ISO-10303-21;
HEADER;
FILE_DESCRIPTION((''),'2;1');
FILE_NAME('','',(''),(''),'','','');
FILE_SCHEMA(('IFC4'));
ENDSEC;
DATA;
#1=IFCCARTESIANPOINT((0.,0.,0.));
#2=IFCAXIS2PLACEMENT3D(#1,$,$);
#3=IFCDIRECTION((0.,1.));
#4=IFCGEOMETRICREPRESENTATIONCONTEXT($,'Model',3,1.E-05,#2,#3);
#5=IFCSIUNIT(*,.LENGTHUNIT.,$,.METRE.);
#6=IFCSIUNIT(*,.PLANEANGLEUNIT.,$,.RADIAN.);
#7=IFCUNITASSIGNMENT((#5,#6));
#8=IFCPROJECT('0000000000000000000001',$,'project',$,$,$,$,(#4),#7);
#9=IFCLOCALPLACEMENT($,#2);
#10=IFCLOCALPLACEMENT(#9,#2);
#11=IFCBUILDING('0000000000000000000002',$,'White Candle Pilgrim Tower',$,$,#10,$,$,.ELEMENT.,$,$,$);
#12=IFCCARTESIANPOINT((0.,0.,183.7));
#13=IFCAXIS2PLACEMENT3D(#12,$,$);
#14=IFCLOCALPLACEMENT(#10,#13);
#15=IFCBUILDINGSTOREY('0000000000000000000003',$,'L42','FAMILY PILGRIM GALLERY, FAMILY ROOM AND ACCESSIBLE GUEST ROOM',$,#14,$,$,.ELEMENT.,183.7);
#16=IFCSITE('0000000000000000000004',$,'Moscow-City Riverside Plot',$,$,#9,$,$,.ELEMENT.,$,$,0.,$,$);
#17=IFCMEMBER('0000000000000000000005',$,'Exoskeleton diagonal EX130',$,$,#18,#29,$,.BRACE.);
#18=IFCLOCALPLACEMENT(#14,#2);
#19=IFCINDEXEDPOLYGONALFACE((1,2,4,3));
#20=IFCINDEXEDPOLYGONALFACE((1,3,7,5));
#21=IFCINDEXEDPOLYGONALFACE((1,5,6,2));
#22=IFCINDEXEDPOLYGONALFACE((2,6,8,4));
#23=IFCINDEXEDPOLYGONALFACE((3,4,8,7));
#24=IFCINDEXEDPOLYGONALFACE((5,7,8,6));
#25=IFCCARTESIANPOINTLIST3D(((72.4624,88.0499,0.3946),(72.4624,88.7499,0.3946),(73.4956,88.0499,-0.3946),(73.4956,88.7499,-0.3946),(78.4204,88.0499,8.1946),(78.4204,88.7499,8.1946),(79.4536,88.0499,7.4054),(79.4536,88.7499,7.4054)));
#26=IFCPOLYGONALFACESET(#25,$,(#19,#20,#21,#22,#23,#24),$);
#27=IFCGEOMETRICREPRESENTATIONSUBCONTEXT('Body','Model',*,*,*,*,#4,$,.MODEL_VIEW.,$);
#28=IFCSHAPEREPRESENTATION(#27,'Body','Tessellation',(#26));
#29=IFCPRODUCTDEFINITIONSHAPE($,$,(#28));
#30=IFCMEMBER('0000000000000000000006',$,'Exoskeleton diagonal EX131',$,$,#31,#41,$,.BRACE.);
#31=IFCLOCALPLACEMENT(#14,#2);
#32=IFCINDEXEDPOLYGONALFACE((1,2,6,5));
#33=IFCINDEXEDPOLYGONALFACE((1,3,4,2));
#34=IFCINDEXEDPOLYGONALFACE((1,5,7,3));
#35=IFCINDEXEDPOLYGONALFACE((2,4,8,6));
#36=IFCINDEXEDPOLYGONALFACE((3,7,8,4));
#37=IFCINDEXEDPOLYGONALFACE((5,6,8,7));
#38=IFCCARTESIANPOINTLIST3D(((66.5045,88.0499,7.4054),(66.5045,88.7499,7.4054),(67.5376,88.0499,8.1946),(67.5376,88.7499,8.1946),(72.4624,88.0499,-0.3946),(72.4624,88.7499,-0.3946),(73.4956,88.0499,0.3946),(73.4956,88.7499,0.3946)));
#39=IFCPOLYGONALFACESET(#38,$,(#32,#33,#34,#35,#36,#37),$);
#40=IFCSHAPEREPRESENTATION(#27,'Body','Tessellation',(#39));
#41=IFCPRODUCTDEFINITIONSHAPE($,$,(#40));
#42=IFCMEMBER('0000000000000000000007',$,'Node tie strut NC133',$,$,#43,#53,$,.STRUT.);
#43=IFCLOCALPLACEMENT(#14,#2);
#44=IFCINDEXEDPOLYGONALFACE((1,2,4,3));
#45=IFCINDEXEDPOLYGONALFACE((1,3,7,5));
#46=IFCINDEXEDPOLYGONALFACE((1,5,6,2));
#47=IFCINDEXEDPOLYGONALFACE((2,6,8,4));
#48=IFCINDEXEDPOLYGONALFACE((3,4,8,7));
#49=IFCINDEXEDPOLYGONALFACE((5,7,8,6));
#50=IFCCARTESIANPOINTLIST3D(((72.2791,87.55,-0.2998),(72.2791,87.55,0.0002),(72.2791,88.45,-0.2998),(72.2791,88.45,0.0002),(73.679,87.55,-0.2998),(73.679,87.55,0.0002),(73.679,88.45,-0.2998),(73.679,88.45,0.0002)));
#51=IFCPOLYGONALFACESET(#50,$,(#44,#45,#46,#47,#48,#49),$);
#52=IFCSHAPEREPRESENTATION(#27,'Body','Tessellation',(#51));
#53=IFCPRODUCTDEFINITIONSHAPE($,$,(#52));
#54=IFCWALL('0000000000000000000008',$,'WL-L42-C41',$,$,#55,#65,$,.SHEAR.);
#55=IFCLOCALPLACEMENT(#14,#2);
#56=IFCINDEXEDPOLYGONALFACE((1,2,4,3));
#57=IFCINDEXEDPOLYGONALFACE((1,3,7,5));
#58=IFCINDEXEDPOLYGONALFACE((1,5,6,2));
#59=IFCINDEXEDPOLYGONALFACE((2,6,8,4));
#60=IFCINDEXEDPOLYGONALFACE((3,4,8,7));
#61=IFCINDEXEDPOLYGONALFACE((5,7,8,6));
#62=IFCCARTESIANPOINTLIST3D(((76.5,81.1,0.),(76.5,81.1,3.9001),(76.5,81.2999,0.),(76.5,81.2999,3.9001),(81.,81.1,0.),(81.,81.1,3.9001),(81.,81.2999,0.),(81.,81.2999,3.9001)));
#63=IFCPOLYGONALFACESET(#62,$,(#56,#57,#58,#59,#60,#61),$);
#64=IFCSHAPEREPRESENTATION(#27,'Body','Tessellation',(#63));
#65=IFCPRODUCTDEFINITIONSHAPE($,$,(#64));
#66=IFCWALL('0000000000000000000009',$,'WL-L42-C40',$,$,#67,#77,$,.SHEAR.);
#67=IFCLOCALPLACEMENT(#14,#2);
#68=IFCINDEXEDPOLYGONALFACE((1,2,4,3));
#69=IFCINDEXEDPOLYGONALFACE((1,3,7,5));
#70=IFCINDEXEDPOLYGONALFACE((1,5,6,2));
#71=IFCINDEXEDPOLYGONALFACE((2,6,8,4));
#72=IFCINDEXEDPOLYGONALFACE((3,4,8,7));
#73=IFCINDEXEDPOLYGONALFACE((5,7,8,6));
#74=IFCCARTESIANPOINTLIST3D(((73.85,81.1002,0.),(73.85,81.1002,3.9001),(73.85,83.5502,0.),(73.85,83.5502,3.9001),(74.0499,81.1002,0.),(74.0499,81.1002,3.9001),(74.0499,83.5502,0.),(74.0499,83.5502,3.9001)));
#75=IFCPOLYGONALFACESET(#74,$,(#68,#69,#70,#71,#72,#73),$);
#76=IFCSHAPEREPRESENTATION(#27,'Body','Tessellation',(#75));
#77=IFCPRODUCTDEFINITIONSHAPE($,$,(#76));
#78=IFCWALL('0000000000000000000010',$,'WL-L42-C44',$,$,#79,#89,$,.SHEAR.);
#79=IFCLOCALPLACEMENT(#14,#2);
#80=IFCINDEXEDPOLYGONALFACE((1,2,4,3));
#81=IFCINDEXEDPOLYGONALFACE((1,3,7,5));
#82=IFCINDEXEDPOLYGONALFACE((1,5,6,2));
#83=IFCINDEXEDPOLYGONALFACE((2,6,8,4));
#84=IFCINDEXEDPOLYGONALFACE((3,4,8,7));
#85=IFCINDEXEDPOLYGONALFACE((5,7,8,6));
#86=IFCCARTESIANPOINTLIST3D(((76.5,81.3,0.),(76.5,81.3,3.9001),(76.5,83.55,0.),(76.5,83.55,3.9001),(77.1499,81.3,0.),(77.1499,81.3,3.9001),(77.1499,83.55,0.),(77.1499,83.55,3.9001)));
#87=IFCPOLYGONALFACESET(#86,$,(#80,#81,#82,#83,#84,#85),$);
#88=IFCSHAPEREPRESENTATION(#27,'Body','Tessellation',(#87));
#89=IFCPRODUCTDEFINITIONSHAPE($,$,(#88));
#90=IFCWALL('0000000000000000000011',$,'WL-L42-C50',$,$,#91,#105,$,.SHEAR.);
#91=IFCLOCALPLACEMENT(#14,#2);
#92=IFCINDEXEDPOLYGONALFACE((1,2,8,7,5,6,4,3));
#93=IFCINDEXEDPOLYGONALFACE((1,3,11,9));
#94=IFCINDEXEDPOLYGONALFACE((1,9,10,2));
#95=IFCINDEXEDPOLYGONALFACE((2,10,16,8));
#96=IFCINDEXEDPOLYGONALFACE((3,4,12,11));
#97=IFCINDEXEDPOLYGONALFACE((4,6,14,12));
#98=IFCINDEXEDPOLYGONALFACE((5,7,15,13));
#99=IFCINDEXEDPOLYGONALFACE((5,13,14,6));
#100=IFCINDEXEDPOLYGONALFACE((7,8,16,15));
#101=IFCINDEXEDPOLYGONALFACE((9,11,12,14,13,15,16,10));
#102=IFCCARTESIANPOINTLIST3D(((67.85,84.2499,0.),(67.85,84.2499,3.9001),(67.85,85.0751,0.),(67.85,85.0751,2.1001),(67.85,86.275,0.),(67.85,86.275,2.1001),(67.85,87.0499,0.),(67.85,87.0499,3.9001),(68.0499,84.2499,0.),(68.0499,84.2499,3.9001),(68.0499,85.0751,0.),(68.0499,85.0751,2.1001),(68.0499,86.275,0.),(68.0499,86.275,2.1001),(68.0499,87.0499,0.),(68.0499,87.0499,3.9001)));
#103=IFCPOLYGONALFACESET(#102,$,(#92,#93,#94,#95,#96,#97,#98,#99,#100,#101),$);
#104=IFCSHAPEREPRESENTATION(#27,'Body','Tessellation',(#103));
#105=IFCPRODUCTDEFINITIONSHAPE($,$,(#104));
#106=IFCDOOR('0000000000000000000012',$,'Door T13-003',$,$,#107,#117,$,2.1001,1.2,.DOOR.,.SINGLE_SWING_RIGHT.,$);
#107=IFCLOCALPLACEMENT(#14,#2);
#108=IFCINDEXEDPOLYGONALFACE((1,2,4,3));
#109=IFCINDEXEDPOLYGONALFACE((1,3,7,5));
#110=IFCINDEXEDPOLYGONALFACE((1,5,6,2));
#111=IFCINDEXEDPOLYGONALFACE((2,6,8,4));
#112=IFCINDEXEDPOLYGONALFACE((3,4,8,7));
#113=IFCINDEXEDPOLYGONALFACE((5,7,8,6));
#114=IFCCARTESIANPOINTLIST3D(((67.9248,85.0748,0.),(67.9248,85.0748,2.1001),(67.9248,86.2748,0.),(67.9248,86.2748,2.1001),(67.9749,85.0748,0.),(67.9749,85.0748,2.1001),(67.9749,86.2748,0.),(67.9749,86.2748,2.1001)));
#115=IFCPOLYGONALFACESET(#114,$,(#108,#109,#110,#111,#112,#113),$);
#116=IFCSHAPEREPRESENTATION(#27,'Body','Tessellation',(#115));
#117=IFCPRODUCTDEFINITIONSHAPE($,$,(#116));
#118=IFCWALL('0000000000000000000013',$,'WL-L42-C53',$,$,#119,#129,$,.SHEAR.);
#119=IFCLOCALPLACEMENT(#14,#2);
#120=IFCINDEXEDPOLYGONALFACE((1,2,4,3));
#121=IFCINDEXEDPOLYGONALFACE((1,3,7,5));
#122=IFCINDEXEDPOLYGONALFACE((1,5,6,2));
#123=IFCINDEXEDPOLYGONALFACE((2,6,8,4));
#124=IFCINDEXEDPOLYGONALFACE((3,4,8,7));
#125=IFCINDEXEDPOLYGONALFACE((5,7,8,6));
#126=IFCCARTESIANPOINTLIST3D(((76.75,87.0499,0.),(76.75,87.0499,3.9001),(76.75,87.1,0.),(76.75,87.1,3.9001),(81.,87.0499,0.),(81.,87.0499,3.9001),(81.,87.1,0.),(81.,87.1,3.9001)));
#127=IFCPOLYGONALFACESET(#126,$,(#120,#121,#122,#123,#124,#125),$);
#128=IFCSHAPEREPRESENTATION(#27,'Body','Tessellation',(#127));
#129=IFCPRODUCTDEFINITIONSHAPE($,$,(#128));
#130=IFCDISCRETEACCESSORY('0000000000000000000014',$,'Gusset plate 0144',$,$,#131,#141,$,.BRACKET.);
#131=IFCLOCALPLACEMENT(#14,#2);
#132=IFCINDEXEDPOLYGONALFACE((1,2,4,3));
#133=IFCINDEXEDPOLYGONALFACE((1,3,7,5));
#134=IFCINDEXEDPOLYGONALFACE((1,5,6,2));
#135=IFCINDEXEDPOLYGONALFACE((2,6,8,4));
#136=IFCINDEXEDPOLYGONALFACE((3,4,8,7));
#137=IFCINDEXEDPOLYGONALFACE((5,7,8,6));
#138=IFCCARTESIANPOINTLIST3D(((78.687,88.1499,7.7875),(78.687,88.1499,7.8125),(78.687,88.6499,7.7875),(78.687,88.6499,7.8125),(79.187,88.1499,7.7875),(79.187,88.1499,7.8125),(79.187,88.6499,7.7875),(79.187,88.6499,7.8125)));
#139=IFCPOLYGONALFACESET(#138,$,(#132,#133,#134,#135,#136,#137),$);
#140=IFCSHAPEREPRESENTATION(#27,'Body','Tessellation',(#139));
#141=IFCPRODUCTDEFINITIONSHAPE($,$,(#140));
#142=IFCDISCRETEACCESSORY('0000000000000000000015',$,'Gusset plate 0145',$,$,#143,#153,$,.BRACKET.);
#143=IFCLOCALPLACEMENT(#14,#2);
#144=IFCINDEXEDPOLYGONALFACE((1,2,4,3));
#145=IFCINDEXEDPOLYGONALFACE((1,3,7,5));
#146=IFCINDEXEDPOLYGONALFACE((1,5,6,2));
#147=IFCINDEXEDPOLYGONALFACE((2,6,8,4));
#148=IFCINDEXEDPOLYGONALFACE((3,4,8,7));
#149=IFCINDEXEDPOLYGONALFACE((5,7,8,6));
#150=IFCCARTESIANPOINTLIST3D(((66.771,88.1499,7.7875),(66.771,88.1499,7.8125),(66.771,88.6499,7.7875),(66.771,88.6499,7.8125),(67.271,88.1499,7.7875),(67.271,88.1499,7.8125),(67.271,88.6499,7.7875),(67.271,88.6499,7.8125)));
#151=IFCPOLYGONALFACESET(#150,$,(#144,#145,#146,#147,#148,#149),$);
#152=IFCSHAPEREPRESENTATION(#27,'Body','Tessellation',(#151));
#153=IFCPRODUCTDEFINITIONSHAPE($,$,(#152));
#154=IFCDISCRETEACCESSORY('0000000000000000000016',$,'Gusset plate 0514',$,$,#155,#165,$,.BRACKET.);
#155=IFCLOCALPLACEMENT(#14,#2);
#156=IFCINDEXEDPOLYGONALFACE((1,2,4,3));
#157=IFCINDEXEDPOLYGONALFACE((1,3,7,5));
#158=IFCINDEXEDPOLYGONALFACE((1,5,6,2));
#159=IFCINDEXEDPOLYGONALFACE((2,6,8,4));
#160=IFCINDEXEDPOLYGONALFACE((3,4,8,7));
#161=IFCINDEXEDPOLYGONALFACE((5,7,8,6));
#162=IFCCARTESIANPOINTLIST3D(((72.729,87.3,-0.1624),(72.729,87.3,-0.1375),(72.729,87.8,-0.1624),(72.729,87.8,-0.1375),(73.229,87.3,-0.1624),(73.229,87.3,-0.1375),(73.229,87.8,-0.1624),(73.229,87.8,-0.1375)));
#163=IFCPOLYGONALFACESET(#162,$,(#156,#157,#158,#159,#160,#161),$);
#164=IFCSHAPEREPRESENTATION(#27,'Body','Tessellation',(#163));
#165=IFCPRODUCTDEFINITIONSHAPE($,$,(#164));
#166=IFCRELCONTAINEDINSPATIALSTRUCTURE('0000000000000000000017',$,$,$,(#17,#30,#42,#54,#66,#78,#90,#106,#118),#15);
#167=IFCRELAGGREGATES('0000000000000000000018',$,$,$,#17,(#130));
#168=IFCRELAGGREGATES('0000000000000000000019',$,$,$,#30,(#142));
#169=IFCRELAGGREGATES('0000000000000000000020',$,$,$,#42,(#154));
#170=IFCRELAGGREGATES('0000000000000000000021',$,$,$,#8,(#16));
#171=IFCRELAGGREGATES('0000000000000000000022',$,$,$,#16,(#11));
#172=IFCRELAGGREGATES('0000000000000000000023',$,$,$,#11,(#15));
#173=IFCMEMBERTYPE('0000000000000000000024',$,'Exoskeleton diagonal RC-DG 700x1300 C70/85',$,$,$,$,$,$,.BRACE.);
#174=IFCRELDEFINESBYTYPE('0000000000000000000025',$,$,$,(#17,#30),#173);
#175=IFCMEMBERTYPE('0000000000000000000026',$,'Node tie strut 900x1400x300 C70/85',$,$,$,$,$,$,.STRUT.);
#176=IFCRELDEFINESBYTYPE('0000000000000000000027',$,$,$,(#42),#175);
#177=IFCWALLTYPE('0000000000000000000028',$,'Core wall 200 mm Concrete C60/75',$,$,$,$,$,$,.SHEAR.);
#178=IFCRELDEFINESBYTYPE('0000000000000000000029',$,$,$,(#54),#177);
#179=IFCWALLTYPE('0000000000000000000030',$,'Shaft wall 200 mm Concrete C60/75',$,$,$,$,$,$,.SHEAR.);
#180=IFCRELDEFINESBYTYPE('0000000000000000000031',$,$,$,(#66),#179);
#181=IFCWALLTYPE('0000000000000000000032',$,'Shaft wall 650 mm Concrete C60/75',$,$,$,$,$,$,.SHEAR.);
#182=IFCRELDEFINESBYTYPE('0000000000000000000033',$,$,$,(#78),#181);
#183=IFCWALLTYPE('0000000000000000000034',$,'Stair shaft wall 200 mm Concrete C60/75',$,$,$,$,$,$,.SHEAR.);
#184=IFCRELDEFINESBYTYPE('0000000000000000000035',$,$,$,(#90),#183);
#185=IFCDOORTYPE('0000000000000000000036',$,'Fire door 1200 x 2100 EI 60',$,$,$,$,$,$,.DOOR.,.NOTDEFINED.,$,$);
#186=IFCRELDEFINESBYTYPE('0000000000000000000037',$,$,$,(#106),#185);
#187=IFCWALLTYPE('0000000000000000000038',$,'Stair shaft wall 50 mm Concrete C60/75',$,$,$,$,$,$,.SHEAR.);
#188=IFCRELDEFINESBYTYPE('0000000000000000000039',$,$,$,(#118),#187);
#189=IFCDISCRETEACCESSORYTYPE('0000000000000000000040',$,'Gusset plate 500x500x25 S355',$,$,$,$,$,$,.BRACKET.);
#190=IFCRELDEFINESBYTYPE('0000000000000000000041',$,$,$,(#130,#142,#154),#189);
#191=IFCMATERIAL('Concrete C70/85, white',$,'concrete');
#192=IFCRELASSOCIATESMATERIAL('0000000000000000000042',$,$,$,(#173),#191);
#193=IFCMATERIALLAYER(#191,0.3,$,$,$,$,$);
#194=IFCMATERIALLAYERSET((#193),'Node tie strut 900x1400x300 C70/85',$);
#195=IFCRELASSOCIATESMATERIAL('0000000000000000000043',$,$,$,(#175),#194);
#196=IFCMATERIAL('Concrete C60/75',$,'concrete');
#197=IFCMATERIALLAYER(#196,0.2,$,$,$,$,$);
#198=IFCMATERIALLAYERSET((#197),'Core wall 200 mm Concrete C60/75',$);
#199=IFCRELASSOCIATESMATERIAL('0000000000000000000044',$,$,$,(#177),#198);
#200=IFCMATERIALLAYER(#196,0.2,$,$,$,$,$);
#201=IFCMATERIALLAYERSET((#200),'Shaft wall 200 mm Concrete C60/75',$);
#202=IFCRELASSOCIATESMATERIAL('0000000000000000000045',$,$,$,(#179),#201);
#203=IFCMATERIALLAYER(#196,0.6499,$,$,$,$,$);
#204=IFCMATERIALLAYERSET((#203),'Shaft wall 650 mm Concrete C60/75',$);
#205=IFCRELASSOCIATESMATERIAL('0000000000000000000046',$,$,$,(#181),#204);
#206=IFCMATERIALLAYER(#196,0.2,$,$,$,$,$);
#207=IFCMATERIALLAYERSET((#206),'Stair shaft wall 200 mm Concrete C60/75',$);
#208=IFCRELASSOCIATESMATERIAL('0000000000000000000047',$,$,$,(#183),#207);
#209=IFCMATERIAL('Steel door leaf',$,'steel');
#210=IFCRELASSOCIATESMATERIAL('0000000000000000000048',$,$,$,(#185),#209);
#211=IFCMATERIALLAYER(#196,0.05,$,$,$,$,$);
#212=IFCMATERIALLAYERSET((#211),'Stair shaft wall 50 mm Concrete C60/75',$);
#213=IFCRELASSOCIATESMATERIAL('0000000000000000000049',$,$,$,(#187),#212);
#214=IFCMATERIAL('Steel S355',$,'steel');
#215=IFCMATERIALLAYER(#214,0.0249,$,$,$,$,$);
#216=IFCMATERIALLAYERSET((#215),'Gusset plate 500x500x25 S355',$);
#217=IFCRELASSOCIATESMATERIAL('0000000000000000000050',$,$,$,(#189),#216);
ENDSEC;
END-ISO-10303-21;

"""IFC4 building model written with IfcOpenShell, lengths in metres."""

from ifc_helpers import new_model, si_unit, direction, frame, frame_2d, origin, origin_2d, place, context, subcontext, project, spatial, rectangle, extrude, material, layer, layer_set, material_profile, profile_set, type_object, element, fill, aggregate, save


model = new_model("IFC4")

# Units and contexts
model_context = context("Model", 3, precision=1e-05, world=origin(), true_north=direction((0.0, 1.0)))
body_context = subcontext(model_context, "Body", "Model", "MODEL_VIEW")
ifc_project = project(units=[si_unit("LENGTHUNIT", "METRE"), si_unit("PLANEANGLEUNIT", "RADIAN")], contexts=[model_context])

# Site, building, storey
site_placement = place(None, origin())
site = spatial("IfcSite", under=ifc_project, at=site_placement, Name="Moscow-City Riverside Plot", CompositionType="ELEMENT", RefElevation=0.0)
building_placement = place(site_placement, origin())
building = spatial("IfcBuilding", under=site, at=building_placement, Name="White Candle Pilgrim Tower", CompositionType="ELEMENT")
storey_placement = place(building_placement, frame((0.0, 0.0, 183.7)))
storey = spatial("IfcBuildingStorey", under=building, at=storey_placement, Name="L42", Description="FAMILY PILGRIM GALLERY, FAMILY ROOM AND ACCESSIBLE GUEST ROOM", CompositionType="ELEMENT", Elevation=183.7)

# Members
ifc_material_1 = material(Name="Concrete C70/85, white", Category="concrete")
ifc_material_profile = material_profile(ifc_material_1, rectangle(XDim=0.7, YDim=1.3, at=origin_2d()), Name="RC-DG 700x1300")
ifc_profile_set = profile_set([ifc_material_profile], Name="Concrete C70/85, white")
member_type_1 = type_object("IfcMemberType", Name="Exoskeleton diagonal RC-DG 700x1300 C70/85", PredefinedType="BRACE", material=ifc_profile_set)
member_1_placement = place(storey_placement, frame((72.979, 88.3999, 0.0), z_axis=(0.607017, 0.0, 0.794689), x_axis=(0.0, 1.0, 0.0)))
member_1 = element("IfcMember", 1, at=member_1_placement, inside=storey, type_object=member_type_1, Name="Exoskeleton diagonal EX130", PredefinedType="BRACE", context=body_context, shape_type="SweptSolid", body=[
    extrude(rectangle(XDim=0.7, YDim=1.3, at=origin_2d()), origin(), (0.0, 0.0, 1.0), 9.8152),
])
member_2_placement = place(storey_placement, frame((72.979, 88.3999, 0.0), z_axis=(-0.607017, 0.0, 0.794689), x_axis=(0.0, -1.0, 0.0)))
member_2 = element("IfcMember", 2, at=member_2_placement, inside=storey, type_object=member_type_1, Name="Exoskeleton diagonal EX131", PredefinedType="BRACE", context=body_context, shape_type="SweptSolid", body=[
    extrude(rectangle(XDim=0.7, YDim=1.3, at=origin_2d()), origin(), (0.0, 0.0, 1.0), 9.8152),
])
ifc_layer_1 = layer(ifc_material_1, 0.3)
ifc_layer_set_1 = layer_set([ifc_layer_1], Name="Node tie strut 900x1400x300 C70/85")
member_type_2 = type_object("IfcMemberType", Name="Node tie strut 900x1400x300 C70/85", PredefinedType="STRUT", material=ifc_layer_set_1)
member_3_placement = place(storey_placement, frame((72.979, 88.0, -0.2998), z_axis=(0.0, 0.0, 1.0), x_axis=(-1.0, 0.0, 0.0)))
member_3 = element("IfcMember", 3, at=member_3_placement, inside=storey, type_object=member_type_2, Name="Node tie strut NC133", PredefinedType="STRUT", context=body_context, shape_type="SweptSolid", body=[
    extrude(rectangle(XDim=1.3999, YDim=0.8999, at=origin_2d()), origin(), (0.0, 0.0, 1.0), 0.3),
])

# Walls
ifc_material_2 = material(Name="Concrete C60/75", Category="concrete")
ifc_layer_2 = layer(ifc_material_2, 0.2)
ifc_layer_set_2 = layer_set([ifc_layer_2], Name="Core wall 200 mm Concrete C60/75")
wall_type_1 = type_object("IfcWallType", Name="Core wall 200 mm Concrete C60/75", PredefinedType="SHEAR", material=ifc_layer_set_2)
wall_1_placement = place(storey_placement, frame((76.5, 81.2, 0.0), z_axis=(0.0, 0.0, 1.0), x_axis=(1.0, 0.0, 0.0)))
element("IfcWall", 4, at=wall_1_placement, inside=storey, type_object=wall_type_1, Name="WL-L42-C41", PredefinedType="SHEAR", context=body_context, shape_type="SweptSolid", body=[
    extrude(rectangle(XDim=4.5, YDim=0.2, at=frame_2d((2.25, 0.0))), origin(), (0.0, 0.0, 1.0), 3.9001),
])
ifc_layer_3 = layer(ifc_material_2, 0.2)
ifc_layer_set_3 = layer_set([ifc_layer_3], Name="Shaft wall 200 mm Concrete C60/75")
wall_type_2 = type_object("IfcWallType", Name="Shaft wall 200 mm Concrete C60/75", PredefinedType="SHEAR", material=ifc_layer_set_3)
wall_2_placement = place(storey_placement, frame((73.95, 81.1001, 0.0), z_axis=(0.0, 0.0, 1.0), x_axis=(0.0, 1.0, 0.0)))
element("IfcWall", 5, at=wall_2_placement, inside=storey, type_object=wall_type_2, Name="WL-L42-C40", PredefinedType="SHEAR", context=body_context, shape_type="SweptSolid", body=[
    extrude(rectangle(XDim=2.45, YDim=0.2, at=frame_2d((1.2251, 0.0))), origin(), (0.0, 0.0, 1.0), 3.9001),
])
ifc_layer_4 = layer(ifc_material_2, 0.6499)
ifc_layer_set_4 = layer_set([ifc_layer_4], Name="Shaft wall 650 mm Concrete C60/75")
wall_type_3 = type_object("IfcWallType", Name="Shaft wall 650 mm Concrete C60/75", PredefinedType="SHEAR", material=ifc_layer_set_4)
wall_3_placement = place(storey_placement, frame((76.825, 81.3, 0.0), z_axis=(0.0, 0.0, 1.0), x_axis=(0.0, 1.0, 0.0)))
element("IfcWall", 6, at=wall_3_placement, inside=storey, type_object=wall_type_3, Name="WL-L42-C44", PredefinedType="SHEAR", context=body_context, shape_type="SweptSolid", body=[
    extrude(rectangle(XDim=2.25, YDim=0.6499, at=frame_2d((1.125, 0.0))), origin(), (0.0, 0.0, 1.0), 3.9001),
])

# Wall, opening, door
ifc_layer_5 = layer(ifc_material_2, 0.2)
ifc_layer_set_5 = layer_set([ifc_layer_5], Name="Stair shaft wall 200 mm Concrete C60/75")
wall_type_4 = type_object("IfcWallType", Name="Stair shaft wall 200 mm Concrete C60/75", PredefinedType="SHEAR", material=ifc_layer_set_5)
wall_4_placement = place(storey_placement, frame((67.95, 84.25, 0.0), z_axis=(0.0, 0.0, 1.0), x_axis=(0.0, 1.0, 0.0)))
wall_4 = element("IfcWall", 7, at=wall_4_placement, inside=storey, type_object=wall_type_4, Name="WL-L42-C50", PredefinedType="SHEAR", context=body_context, shape_type="SweptSolid", body=[
    extrude(rectangle(XDim=2.8, YDim=0.2, at=frame_2d((1.3999, 0.0))), origin(), (0.0, 0.0, 1.0), 3.9001),
])
opening_placement = place(wall_4_placement, frame((0.825, 0.0, 0.0)))
opening = element("IfcOpeningElement", 8, at=opening_placement, cuts=wall_4, PredefinedType="OPENING", context=body_context, shape_type="SweptSolid", body=[
    extrude(rectangle(XDim=1.2, YDim=2.1001, at=frame_2d((0.6001, 1.05))), frame((0.0, 0.1099, 0.0), z_axis=(0.0, -1.0, 0.0), x_axis=(1.0, 0.0, 0.0)), (0.0, 0.0, 1.0), 0.22),
])
ifc_material_3 = material(Name="Steel door leaf", Category="steel")
door_type = type_object("IfcDoorType", Name="Fire door 1200 x 2100 EI 60", OperationType="NOTDEFINED", PredefinedType="DOOR", material=ifc_material_3)
door_placement = place(opening_placement, frame((1.2, 0.0, 0.0), z_axis=(0.0, 0.0, 1.0), x_axis=(-1.0, 0.0, 0.0)))
door = element("IfcDoor", 9, at=door_placement, inside=storey, type_object=door_type, Name="Door T13-003", OperationType="SINGLE_SWING_RIGHT", OverallHeight=2.1001, OverallWidth=1.2, PredefinedType="DOOR", context=body_context, shape_type="SweptSolid", body=[
    extrude(rectangle(XDim=1.2, YDim=2.1001, at=frame_2d((0.6001, 1.05))), frame((0.0, 0.0249, 0.0), z_axis=(0.0, -1.0, 0.0), x_axis=(1.0, 0.0, 0.0)), (0.0, 0.0, 1.0), 0.05),
])
fill(opening, door)

# Wall
ifc_layer_6 = layer(ifc_material_2, 0.05)
ifc_layer_set_6 = layer_set([ifc_layer_6], Name="Stair shaft wall 50 mm Concrete C60/75")
wall_type_5 = type_object("IfcWallType", Name="Stair shaft wall 50 mm Concrete C60/75", PredefinedType="SHEAR", material=ifc_layer_set_6)
wall_5_placement = place(storey_placement, frame((76.75, 87.075, 0.0), z_axis=(0.0, 0.0, 1.0), x_axis=(1.0, 0.0, 0.0)))
element("IfcWall", 10, at=wall_5_placement, inside=storey, type_object=wall_type_5, Name="WL-L42-C53", PredefinedType="SHEAR", context=body_context, shape_type="SweptSolid", body=[
    extrude(rectangle(XDim=4.25, YDim=0.05, at=frame_2d((2.125, 0.0))), origin(), (0.0, 0.0, 1.0), 3.9001),
])

# Discrete accessories
ifc_material_4 = material(Name="Steel S355", Category="steel")
ifc_layer_7 = layer(ifc_material_4, 0.0249)
ifc_layer_set_7 = layer_set([ifc_layer_7], Name="Gusset plate 500x500x25 S355")
discrete_accessory_type = type_object("IfcDiscreteAccessoryType", Name="Gusset plate 500x500x25 S355", PredefinedType="BRACKET", material=ifc_layer_set_7)
placement = place(building_placement, frame((0.0, 0.0, 191.5)))
discrete_accessory_1_placement = place(placement, frame((78.937, 88.3999, -0.0125), z_axis=(0.0, 0.0, 1.0), x_axis=(1.0, 0.0, 0.0)))
discrete_accessory_1 = element("IfcDiscreteAccessory", 11, at=discrete_accessory_1_placement, type_object=discrete_accessory_type, Name="Gusset plate 0144", PredefinedType="BRACKET", context=body_context, shape_type="SweptSolid", body=[
    extrude(rectangle(XDim=0.5, YDim=0.5, at=origin_2d()), origin(), (0.0, 0.0, 1.0), 0.0249),
])
aggregate(member_1, [discrete_accessory_1])
discrete_accessory_2_placement = place(placement, frame((67.021, 88.3999, -0.0125), z_axis=(0.0, 0.0, 1.0), x_axis=(1.0, 0.0, 0.0)))
discrete_accessory_2 = element("IfcDiscreteAccessory", 12, at=discrete_accessory_2_placement, type_object=discrete_accessory_type, Name="Gusset plate 0145", PredefinedType="BRACKET", context=body_context, shape_type="SweptSolid", body=[
    extrude(rectangle(XDim=0.5, YDim=0.5, at=origin_2d()), origin(), (0.0, 0.0, 1.0), 0.0249),
])
aggregate(member_2, [discrete_accessory_2])
discrete_accessory_3_placement = place(storey_placement, frame((72.979, 87.55, -0.1624), z_axis=(0.0, 0.0, 1.0), x_axis=(1.0, 0.0, 0.0)))
discrete_accessory_3 = element("IfcDiscreteAccessory", 13, at=discrete_accessory_3_placement, type_object=discrete_accessory_type, Name="Gusset plate 0514", PredefinedType="BRACKET", context=body_context, shape_type="SweptSolid", body=[
    extrude(rectangle(XDim=0.5, YDim=0.5, at=origin_2d()), origin(), (0.0, 0.0, 1.0), 0.0249),
])
aggregate(member_3, [discrete_accessory_3])

save(model, "model.ifc")
